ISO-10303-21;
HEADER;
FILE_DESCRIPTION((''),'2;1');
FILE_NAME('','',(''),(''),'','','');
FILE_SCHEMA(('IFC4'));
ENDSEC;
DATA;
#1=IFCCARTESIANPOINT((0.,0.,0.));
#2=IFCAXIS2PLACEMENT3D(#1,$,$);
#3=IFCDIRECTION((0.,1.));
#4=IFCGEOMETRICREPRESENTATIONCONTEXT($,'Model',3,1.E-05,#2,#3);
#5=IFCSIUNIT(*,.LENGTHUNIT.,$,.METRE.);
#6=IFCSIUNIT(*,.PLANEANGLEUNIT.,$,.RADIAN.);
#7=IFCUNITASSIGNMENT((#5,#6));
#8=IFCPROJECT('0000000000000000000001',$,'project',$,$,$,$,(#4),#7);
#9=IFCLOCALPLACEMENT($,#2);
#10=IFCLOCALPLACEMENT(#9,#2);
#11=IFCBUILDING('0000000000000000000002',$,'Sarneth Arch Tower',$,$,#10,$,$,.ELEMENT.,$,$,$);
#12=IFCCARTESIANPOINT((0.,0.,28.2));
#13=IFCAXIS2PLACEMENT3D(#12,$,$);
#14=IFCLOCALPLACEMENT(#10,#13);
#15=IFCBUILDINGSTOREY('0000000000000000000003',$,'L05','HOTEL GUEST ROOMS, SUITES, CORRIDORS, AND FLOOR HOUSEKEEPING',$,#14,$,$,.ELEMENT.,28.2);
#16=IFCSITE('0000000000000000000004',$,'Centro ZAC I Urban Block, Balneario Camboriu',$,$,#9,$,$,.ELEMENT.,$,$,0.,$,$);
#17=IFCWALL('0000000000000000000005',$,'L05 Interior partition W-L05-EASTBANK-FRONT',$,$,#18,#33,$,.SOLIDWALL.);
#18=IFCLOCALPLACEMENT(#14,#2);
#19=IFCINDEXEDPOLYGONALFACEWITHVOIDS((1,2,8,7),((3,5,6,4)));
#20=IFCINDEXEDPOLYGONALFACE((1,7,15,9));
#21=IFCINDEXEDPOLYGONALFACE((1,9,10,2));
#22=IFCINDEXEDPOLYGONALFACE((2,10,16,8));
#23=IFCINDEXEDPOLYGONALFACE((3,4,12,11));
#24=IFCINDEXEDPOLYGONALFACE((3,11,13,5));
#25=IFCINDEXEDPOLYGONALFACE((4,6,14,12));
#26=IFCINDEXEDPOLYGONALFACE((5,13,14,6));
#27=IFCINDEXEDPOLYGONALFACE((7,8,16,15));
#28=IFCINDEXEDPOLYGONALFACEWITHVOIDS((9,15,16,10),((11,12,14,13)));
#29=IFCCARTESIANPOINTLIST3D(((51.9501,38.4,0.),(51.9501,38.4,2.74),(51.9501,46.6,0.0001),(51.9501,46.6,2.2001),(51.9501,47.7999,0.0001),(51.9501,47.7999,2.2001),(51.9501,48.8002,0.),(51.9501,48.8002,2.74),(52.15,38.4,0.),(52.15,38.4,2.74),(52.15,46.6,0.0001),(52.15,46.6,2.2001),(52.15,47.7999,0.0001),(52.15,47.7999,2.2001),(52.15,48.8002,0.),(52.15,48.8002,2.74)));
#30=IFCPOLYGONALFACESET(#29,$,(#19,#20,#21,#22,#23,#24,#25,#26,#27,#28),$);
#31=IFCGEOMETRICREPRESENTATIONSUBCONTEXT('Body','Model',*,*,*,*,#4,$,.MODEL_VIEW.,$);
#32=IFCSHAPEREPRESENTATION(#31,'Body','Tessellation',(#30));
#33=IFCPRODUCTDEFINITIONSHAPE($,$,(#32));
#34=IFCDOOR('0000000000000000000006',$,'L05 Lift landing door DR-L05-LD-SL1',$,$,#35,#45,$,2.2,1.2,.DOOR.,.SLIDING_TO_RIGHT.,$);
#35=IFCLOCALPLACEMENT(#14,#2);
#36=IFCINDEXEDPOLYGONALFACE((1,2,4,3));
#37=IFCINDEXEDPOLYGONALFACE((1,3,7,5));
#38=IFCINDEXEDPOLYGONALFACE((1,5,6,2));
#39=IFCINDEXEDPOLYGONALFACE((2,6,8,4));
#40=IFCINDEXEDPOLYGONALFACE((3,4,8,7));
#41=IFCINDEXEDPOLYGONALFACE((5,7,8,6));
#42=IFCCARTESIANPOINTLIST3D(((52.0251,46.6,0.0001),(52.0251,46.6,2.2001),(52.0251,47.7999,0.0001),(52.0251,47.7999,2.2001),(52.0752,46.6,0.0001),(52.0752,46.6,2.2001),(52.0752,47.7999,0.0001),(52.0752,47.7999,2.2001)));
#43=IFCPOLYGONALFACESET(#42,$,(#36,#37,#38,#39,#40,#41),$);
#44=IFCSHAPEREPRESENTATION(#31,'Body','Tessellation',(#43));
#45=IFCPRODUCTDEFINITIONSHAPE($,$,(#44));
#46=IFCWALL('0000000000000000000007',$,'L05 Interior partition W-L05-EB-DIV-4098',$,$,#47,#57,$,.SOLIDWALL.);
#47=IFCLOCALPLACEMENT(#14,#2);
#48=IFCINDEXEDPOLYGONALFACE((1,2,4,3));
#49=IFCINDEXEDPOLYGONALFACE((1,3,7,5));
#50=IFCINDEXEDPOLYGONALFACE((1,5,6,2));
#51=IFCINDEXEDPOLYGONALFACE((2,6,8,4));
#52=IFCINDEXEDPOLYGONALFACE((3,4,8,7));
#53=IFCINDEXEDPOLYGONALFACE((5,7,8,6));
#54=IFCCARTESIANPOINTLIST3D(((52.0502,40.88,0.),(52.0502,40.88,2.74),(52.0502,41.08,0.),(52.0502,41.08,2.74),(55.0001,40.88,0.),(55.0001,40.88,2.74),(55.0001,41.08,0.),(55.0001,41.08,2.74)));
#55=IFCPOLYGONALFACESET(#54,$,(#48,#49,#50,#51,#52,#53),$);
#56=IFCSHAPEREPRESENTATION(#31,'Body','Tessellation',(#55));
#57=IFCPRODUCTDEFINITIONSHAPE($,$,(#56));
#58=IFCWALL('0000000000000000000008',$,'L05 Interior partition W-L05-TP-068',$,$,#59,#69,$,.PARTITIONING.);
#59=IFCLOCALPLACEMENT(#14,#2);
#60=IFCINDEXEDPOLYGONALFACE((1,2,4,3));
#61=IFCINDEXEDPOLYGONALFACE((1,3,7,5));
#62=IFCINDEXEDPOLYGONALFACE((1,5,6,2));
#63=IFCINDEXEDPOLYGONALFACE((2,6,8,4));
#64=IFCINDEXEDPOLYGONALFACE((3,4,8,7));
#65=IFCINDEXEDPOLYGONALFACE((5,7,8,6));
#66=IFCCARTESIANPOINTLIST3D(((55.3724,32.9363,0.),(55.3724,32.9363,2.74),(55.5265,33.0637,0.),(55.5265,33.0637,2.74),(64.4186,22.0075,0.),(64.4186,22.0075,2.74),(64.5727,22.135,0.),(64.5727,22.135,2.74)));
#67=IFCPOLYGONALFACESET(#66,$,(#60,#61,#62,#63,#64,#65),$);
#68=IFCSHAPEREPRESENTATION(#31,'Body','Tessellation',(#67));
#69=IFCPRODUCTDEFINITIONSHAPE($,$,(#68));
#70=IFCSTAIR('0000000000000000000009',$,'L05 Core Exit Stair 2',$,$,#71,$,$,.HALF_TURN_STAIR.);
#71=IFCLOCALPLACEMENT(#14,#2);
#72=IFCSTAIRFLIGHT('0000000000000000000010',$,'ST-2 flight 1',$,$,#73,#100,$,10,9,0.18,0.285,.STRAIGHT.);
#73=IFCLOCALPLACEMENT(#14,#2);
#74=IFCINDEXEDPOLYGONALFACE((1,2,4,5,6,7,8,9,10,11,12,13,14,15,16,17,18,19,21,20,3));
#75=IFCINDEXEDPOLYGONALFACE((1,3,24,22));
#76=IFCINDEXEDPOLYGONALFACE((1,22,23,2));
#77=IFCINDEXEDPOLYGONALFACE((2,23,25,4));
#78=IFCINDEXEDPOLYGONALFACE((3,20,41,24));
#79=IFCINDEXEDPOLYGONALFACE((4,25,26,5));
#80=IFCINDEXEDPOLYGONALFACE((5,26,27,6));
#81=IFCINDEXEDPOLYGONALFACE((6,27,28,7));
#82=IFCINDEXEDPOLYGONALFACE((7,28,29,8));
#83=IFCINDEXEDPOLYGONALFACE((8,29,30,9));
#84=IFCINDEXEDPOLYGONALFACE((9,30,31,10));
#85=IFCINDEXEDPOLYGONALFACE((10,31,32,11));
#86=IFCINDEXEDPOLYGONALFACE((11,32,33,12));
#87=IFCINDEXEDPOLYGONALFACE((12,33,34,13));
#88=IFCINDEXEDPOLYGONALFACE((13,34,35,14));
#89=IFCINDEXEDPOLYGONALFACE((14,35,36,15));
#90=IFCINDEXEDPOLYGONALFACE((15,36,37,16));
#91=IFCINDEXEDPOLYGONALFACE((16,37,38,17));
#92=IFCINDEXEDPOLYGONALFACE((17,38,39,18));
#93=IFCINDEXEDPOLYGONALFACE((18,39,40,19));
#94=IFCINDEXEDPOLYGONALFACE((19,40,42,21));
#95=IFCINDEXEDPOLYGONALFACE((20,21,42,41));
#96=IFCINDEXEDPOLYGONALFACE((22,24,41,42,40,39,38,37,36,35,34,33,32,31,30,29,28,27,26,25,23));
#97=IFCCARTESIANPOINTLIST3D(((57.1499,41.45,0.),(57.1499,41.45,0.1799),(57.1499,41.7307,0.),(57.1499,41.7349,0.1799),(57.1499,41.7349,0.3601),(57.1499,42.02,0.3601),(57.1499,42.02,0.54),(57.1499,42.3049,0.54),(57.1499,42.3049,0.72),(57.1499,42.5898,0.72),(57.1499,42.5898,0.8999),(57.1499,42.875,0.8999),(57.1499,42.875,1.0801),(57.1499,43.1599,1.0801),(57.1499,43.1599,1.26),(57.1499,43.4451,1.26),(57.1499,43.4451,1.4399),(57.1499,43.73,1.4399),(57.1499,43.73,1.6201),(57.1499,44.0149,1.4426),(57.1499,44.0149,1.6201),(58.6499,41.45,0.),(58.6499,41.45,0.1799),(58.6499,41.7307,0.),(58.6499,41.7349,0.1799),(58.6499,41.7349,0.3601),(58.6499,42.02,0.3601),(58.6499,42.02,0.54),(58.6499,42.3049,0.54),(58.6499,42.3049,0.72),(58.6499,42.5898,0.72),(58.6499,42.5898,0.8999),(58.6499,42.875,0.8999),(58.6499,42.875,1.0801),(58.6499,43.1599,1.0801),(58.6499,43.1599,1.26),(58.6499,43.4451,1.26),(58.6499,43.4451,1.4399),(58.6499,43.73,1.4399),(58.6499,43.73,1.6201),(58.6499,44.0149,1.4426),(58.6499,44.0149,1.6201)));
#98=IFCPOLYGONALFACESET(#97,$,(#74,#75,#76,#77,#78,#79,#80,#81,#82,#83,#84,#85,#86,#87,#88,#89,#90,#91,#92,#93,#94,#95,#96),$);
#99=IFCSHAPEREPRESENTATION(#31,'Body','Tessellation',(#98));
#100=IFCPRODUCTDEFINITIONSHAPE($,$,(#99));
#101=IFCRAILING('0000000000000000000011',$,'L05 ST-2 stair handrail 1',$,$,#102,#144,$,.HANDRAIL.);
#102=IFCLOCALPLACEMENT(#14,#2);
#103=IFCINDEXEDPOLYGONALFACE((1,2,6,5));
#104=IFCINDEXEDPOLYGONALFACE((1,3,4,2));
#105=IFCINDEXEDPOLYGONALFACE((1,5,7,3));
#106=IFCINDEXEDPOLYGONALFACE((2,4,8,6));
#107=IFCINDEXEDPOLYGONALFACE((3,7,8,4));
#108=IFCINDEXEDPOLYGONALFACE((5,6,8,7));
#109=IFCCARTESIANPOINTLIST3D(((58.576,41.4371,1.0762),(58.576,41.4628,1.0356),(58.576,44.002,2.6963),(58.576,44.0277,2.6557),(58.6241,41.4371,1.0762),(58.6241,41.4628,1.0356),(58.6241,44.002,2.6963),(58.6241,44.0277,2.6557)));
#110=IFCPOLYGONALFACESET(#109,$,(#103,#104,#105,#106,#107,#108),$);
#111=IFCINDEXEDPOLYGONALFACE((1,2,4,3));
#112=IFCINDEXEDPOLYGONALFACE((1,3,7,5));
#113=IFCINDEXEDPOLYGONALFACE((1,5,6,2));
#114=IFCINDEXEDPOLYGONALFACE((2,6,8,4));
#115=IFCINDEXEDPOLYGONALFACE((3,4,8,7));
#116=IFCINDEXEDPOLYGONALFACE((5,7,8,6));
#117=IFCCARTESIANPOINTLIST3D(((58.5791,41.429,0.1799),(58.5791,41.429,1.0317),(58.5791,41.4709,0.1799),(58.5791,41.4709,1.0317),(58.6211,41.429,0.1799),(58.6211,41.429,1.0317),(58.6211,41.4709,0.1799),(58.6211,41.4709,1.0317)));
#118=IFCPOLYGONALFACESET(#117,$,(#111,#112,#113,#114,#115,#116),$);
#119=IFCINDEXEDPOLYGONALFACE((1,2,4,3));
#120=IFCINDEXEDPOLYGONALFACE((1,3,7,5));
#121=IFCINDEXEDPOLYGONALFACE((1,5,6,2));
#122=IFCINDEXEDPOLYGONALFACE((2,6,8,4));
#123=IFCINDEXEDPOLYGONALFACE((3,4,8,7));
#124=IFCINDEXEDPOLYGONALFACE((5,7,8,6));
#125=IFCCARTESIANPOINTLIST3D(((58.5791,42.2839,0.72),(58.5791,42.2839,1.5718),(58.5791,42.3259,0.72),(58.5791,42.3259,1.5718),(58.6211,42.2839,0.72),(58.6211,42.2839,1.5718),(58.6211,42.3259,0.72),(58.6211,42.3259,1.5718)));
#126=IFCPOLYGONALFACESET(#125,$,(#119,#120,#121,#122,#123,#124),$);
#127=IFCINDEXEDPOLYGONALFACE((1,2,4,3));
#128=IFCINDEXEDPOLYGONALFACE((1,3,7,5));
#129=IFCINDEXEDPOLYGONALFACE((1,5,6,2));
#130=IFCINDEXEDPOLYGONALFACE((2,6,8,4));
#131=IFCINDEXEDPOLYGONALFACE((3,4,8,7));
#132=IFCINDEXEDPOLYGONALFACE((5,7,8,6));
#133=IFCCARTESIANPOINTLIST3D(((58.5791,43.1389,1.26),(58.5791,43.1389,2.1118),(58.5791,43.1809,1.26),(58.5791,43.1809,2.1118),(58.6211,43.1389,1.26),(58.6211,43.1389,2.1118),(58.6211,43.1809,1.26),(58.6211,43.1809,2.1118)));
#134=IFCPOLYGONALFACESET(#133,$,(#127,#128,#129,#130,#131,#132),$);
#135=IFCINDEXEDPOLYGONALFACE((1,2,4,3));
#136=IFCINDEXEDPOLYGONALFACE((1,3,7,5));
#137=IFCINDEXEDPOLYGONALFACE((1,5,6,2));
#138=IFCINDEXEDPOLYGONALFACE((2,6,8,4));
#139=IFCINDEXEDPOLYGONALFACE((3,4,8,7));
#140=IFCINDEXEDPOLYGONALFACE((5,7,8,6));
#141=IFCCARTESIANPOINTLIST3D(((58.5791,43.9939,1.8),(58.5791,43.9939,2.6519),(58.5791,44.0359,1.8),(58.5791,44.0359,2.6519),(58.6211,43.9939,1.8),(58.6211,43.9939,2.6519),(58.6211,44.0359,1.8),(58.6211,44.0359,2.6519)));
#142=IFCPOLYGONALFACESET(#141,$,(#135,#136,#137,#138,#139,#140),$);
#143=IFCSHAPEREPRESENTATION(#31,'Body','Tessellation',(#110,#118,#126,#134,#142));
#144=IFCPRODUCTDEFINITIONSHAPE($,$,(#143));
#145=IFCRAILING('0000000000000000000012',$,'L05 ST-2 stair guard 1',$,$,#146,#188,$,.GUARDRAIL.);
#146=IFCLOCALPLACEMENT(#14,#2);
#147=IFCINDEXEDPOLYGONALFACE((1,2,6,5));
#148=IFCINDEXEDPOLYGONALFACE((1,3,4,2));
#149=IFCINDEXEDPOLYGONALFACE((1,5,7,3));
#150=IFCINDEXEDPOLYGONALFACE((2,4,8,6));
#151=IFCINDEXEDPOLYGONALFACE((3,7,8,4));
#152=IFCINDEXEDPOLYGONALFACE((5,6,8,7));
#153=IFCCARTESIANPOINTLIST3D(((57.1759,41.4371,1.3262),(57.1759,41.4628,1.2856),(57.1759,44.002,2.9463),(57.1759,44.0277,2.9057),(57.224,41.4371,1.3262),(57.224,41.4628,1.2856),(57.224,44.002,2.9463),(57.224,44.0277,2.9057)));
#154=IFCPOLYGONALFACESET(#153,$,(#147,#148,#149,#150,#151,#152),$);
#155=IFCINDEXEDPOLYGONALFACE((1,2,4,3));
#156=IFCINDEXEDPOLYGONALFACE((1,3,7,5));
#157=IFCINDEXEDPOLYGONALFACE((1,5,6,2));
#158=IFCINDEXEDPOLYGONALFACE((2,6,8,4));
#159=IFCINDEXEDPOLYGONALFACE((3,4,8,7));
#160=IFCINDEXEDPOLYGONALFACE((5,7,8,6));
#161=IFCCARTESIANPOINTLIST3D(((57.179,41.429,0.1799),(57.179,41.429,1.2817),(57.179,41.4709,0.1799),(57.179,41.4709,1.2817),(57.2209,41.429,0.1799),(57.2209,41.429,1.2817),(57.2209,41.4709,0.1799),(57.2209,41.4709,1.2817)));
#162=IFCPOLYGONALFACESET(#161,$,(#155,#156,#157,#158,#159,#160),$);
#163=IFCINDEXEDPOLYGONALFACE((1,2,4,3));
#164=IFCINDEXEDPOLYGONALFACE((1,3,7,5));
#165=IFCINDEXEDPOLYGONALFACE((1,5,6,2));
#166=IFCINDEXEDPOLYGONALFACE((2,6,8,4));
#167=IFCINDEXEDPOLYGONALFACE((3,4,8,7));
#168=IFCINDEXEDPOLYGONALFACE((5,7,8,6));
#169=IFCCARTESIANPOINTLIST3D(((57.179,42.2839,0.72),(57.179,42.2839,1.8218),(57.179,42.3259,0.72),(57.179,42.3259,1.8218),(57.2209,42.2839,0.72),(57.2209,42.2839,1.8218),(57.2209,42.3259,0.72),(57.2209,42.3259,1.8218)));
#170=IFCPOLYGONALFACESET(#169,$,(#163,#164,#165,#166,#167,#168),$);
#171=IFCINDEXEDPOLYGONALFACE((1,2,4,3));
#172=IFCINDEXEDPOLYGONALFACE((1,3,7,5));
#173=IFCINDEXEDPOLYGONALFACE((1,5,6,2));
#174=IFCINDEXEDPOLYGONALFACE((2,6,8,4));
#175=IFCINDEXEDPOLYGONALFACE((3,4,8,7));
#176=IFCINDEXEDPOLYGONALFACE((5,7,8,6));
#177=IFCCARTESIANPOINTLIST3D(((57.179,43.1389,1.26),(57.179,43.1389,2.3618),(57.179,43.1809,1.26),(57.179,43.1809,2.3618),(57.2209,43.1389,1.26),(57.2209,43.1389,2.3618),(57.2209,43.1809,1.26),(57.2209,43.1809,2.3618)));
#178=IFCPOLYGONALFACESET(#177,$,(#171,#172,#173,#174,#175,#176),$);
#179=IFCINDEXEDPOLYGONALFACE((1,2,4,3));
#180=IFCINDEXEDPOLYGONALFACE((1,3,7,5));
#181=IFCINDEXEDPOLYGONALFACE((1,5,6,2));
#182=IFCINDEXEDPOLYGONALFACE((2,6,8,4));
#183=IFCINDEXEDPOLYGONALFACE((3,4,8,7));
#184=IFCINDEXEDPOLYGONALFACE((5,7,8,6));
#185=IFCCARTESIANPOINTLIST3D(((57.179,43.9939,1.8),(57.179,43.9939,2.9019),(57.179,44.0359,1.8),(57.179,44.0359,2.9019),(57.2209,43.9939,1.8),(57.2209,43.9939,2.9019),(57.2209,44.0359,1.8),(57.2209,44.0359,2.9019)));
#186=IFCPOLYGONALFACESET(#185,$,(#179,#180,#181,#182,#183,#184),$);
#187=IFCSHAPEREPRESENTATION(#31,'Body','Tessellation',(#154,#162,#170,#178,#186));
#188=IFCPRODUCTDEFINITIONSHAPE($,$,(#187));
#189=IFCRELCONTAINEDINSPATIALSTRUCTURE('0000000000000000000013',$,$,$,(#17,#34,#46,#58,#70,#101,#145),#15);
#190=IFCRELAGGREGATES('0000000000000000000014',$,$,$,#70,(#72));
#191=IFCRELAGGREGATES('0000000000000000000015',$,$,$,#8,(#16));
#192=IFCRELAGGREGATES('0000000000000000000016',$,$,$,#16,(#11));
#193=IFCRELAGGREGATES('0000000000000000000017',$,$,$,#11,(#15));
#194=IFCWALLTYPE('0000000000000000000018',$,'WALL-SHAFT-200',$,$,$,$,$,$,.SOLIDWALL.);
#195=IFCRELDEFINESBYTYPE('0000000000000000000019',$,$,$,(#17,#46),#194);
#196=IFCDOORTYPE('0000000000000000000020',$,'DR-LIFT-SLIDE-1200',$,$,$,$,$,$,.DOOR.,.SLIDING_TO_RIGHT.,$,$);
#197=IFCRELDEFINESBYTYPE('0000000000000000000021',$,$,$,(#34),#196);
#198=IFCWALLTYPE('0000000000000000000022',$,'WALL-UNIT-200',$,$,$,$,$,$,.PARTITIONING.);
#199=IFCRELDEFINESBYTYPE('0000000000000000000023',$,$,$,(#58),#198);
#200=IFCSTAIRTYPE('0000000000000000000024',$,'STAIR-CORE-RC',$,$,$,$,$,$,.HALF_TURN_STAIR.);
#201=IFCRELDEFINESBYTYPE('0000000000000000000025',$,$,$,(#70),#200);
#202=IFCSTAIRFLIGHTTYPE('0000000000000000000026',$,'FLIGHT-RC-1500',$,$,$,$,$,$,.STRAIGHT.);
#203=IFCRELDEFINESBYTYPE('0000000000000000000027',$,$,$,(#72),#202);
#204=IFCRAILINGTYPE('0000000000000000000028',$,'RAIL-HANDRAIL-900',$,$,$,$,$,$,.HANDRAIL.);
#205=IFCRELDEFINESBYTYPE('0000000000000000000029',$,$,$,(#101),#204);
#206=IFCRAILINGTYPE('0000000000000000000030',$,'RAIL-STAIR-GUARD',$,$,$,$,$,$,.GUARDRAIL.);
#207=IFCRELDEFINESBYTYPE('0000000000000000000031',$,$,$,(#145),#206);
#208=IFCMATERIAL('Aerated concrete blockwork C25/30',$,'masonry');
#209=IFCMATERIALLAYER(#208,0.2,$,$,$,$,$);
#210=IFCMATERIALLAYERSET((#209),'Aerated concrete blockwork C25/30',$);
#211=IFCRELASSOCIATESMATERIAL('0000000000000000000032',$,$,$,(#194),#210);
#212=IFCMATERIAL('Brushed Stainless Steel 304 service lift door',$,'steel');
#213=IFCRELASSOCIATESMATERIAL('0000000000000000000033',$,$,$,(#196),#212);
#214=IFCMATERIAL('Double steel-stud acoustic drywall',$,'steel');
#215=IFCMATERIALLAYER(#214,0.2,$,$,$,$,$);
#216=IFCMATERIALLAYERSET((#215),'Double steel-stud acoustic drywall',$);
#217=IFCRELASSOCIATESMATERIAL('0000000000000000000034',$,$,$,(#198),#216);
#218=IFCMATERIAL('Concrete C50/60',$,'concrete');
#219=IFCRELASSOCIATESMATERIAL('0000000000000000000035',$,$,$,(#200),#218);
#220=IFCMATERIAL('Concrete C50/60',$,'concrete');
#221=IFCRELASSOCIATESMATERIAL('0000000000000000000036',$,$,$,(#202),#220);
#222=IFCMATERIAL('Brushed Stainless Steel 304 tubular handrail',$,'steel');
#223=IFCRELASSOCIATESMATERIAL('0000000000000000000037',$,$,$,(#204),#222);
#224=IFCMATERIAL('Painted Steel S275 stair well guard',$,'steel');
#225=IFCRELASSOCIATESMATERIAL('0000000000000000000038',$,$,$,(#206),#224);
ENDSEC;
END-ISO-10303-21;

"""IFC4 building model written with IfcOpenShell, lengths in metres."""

from ifc_helpers import new_model, si_unit, direction, frame, frame_2d, origin, origin_2d, place, context, subcontext, project, spatial, polyline, rectangle, outline, extrude, material, layer, layer_set, type_object, element, fill, aggregate, save


model = new_model("IFC4")

# Units and contexts
model_context = context("Model", 3, precision=1e-05, world=origin(), true_north=direction((0.0, 1.0)))
body_context = subcontext(model_context, "Body", "Model", "MODEL_VIEW")
ifc_project = project(units=[si_unit("LENGTHUNIT", "METRE"), si_unit("PLANEANGLEUNIT", "RADIAN")], contexts=[model_context])

# Site, building, storey
site_placement = place(None, origin())
site = spatial("IfcSite", under=ifc_project, at=site_placement, Name="Centro ZAC I Urban Block, Balneario Camboriu", CompositionType="ELEMENT", RefElevation=0.0)
building_placement = place(site_placement, origin())
building = spatial("IfcBuilding", under=site, at=building_placement, Name="Sarneth Arch Tower", CompositionType="ELEMENT")
storey_placement = place(building_placement, frame((0.0, 0.0, 28.2)))
storey = spatial("IfcBuildingStorey", under=building, at=storey_placement, Name="L05", Description="HOTEL GUEST ROOMS, SUITES, CORRIDORS, AND FLOOR HOUSEKEEPING", CompositionType="ELEMENT", Elevation=28.2)

# Shared definitions
ifc_material_1 = material(Name="Aerated concrete blockwork C25/30", Category="masonry")
ifc_layer_1 = layer(ifc_material_1, 0.2)
ifc_layer_set_1 = layer_set([ifc_layer_1], Name="Aerated concrete blockwork C25/30")
wall_type_1 = type_object("IfcWallType", Name="WALL-SHAFT-200", PredefinedType="SOLIDWALL", material=ifc_layer_set_1)

# Wall, opening, door
wall_1_placement = place(storey_placement, frame((52.05, 38.3999, 0.0), z_axis=(0.0, 0.0, 1.0), x_axis=(0.0, 1.0, 0.0)))
wall_1 = element("IfcWall", 1, at=wall_1_placement, inside=storey, type_object=wall_type_1, Name="L05 Interior partition W-L05-EASTBANK-FRONT", PredefinedType="SOLIDWALL", context=body_context, shape_type="SweptSolid", body=[
    extrude(rectangle(XDim=10.4001, YDim=0.2, at=frame_2d((5.2002, 0.0))), origin(), (0.0, 0.0, 1.0), 2.74),
])
opening_1_placement = place(wall_1_placement, frame((8.2, 0.0, 0.0)))
opening_1 = element("IfcOpeningElement", 2, at=opening_1_placement, cuts=wall_1, PredefinedType="OPENING", context=body_context, shape_type="SweptSolid", body=[
    extrude(rectangle(XDim=1.2, YDim=2.2, at=frame_2d((0.6001, 1.1001))), frame((0.0, 0.1099, 0.0), z_axis=(0.0, -1.0, 0.0), x_axis=(1.0, 0.0, 0.0)), (0.0, 0.0, 1.0), 0.22),
])
ifc_material_2 = material(Name="Brushed Stainless Steel 304 service lift door", Category="steel")
door_type_1 = type_object("IfcDoorType", Name="DR-LIFT-SLIDE-1200", OperationType="SLIDING_TO_RIGHT", PredefinedType="DOOR", material=ifc_material_2)
door_1_placement = place(opening_1_placement, origin())
door_1 = element("IfcDoor", 3, at=door_1_placement, inside=storey, type_object=door_type_1, Name="L05 Lift landing door DR-L05-LD-SL1", OperationType="SLIDING_TO_RIGHT", OverallHeight=2.2, OverallWidth=1.2, PredefinedType="DOOR", context=body_context, shape_type="SweptSolid", body=[
    extrude(rectangle(XDim=1.2, YDim=2.2, at=frame_2d((0.6001, 1.1001))), frame((0.0, 0.0249, 0.0), z_axis=(0.0, -1.0, 0.0), x_axis=(1.0, 0.0, 0.0)), (0.0, 0.0, 1.0), 0.05),
])
fill(opening_1, door_1)

# Walls
wall_2_placement = place(storey_placement, frame((52.05, 40.98, 0.0), z_axis=(0.0, 0.0, 1.0), x_axis=(1.0, 0.0, 0.0)))
element("IfcWall", 4, at=wall_2_placement, inside=storey, type_object=wall_type_1, Name="L05 Interior partition W-L05-EB-DIV-4098", PredefinedType="SOLIDWALL", context=body_context, shape_type="SweptSolid", body=[
    extrude(rectangle(XDim=2.95, YDim=0.2, at=frame_2d((1.4751, 0.0))), origin(), (0.0, 0.0, 1.0), 2.74),
])
ifc_material_3 = material(Name="Double steel-stud acoustic drywall", Category="steel")
ifc_layer_2 = layer(ifc_material_3, 0.2)
ifc_layer_set_2 = layer_set([ifc_layer_2], Name="Double steel-stud acoustic drywall")
wall_type_2 = type_object("IfcWallType", Name="WALL-UNIT-200", PredefinedType="PARTITIONING", material=ifc_layer_set_2)
wall_3_placement = place(storey_placement, frame((55.4495, 33.0, 0.0), z_axis=(0.0, 0.0, 1.0), x_axis=(0.637639, -0.770336, 0.0)))
element("IfcWall", 5, at=wall_3_placement, inside=storey, type_object=wall_type_2, Name="L05 Interior partition W-L05-TP-068", PredefinedType="PARTITIONING", context=body_context, shape_type="SweptSolid", body=[
    extrude(rectangle(XDim=14.187, YDim=0.2, at=frame_2d((7.0935, 0.0))), origin(), (0.0, 0.0, 1.0), 2.74),
])

# Stair, stair flight
ifc_material_4 = material(Name="Concrete C50/60", Category="concrete")
stair_type = type_object("IfcStairType", Name="STAIR-CORE-RC", PredefinedType="HALF_TURN_STAIR", material=ifc_material_4)
stair_placement = place(storey_placement, origin())
stair = element("IfcStair", 6, at=stair_placement, inside=storey, type_object=stair_type, Name="L05 Core Exit Stair 2", PredefinedType="HALF_TURN_STAIR")
ifc_material_5 = material(Name="Concrete C50/60", Category="concrete")
stair_flight_type = type_object("IfcStairFlightType", Name="FLIGHT-RC-1500", PredefinedType="STRAIGHT", material=ifc_material_5)
stair_flight_placement = place(storey_placement, frame((57.8999, 41.45, 0.0), z_axis=(0.0, 0.0, 1.0), x_axis=(0.0, 1.0, 0.0)))
stair_flight = element("IfcStairFlight", 7, at=stair_flight_placement, type_object=stair_flight_type, Name="ST-2 flight 1", NumberOfRisers=10, NumberOfTreads=9, PredefinedType="STRAIGHT", RiserHeight=0.18, TreadLength=0.285, context=body_context, shape_type="SweptSolid", body=[
    extrude(outline(polyline([(0.0, 0.0), (0.0, 0.1799), (0.2849, 0.1799), (0.2849, 0.3601), (0.5701, 0.3601), (0.5701, 0.54), (0.855, 0.54), (0.855, 0.72), (1.1399, 0.72), (1.1399, 0.8999), (1.425, 0.8999), (1.425, 1.0801), (1.71, 1.0801), (1.71, 1.26), (1.9951, 1.26), (1.9951, 1.4399), (2.28, 1.4399), (2.28, 1.6201), (2.5649, 1.6201), (2.5649, 1.8), (2.5649, 1.4426), (0.2808, 0.0), (0.0, 0.0)])), frame((0.0, 0.75, 0.0), z_axis=(0.0, -1.0, 0.0), x_axis=(1.0, 0.0, 0.0)), (0.0, 0.0, 1.0), 1.5),
])
aggregate(stair, [stair_flight])

# Railings
ifc_material_6 = material(Name="Brushed Stainless Steel 304 tubular handrail", Category="steel")
railing_type_1 = type_object("IfcRailingType", Name="RAIL-HANDRAIL-900", PredefinedType="HANDRAIL", material=ifc_material_6)
railing_1_placement = place(storey_placement, frame((58.6001, 41.45, 0.1799)))
element("IfcRailing", 8, at=railing_1_placement, inside=storey, type_object=railing_type_1, Name="L05 ST-2 stair handrail 1", PredefinedType="HANDRAIL", context=body_context, shape_type="SweptSolid", body=[
    extrude(rectangle(XDim=0.0481, YDim=0.0481, at=origin_2d()), frame((0.0, 0.0, 0.876), z_axis=(0.0, 0.845466, 0.534029), x_axis=(-1.0, 0.0, 0.0)), (0.0, 0.0, 1.0), 3.0337),
    extrude(rectangle(XDim=0.042, YDim=0.042, at=origin_2d()), origin(), (0.0, 0.0, 1.0), 0.8518),
    extrude(rectangle(XDim=0.042, YDim=0.042, at=origin_2d()), frame((0.0, 0.855, 0.54)), (0.0, 0.0, 1.0), 0.8518),
    extrude(rectangle(XDim=0.042, YDim=0.042, at=origin_2d()), frame((0.0, 1.71, 1.0801)), (0.0, 0.0, 1.0), 0.8518),
    extrude(rectangle(XDim=0.042, YDim=0.042, at=origin_2d()), frame((0.0, 2.5649, 1.6201)), (0.0, 0.0, 1.0), 0.8518),
])
ifc_material_7 = material(Name="Painted Steel S275 stair well guard", Category="steel")
railing_type_2 = type_object("IfcRailingType", Name="RAIL-STAIR-GUARD", PredefinedType="GUARDRAIL", material=ifc_material_7)
railing_2_placement = place(storey_placement, frame((57.2, 41.45, 0.1799)))
element("IfcRailing", 9, at=railing_2_placement, inside=storey, type_object=railing_type_2, Name="L05 ST-2 stair guard 1", PredefinedType="GUARDRAIL", context=body_context, shape_type="SweptSolid", body=[
    extrude(rectangle(XDim=0.0481, YDim=0.0481, at=origin_2d()), frame((0.0, 0.0, 1.126), z_axis=(0.0, 0.845466, 0.534029), x_axis=(-1.0, 0.0, 0.0)), (0.0, 0.0, 1.0), 3.0337),
    extrude(rectangle(XDim=0.042, YDim=0.042, at=origin_2d()), origin(), (0.0, 0.0, 1.0), 1.1018),
    extrude(rectangle(XDim=0.042, YDim=0.042, at=origin_2d()), frame((0.0, 0.855, 0.54)), (0.0, 0.0, 1.0), 1.1018),
    extrude(rectangle(XDim=0.042, YDim=0.042, at=origin_2d()), frame((0.0, 1.71, 1.0801)), (0.0, 0.0, 1.0), 1.1018),
    extrude(rectangle(XDim=0.042, YDim=0.042, at=origin_2d()), frame((0.0, 2.5649, 1.6201)), (0.0, 0.0, 1.0), 1.1018),
])

save(model, "model.ifc")
